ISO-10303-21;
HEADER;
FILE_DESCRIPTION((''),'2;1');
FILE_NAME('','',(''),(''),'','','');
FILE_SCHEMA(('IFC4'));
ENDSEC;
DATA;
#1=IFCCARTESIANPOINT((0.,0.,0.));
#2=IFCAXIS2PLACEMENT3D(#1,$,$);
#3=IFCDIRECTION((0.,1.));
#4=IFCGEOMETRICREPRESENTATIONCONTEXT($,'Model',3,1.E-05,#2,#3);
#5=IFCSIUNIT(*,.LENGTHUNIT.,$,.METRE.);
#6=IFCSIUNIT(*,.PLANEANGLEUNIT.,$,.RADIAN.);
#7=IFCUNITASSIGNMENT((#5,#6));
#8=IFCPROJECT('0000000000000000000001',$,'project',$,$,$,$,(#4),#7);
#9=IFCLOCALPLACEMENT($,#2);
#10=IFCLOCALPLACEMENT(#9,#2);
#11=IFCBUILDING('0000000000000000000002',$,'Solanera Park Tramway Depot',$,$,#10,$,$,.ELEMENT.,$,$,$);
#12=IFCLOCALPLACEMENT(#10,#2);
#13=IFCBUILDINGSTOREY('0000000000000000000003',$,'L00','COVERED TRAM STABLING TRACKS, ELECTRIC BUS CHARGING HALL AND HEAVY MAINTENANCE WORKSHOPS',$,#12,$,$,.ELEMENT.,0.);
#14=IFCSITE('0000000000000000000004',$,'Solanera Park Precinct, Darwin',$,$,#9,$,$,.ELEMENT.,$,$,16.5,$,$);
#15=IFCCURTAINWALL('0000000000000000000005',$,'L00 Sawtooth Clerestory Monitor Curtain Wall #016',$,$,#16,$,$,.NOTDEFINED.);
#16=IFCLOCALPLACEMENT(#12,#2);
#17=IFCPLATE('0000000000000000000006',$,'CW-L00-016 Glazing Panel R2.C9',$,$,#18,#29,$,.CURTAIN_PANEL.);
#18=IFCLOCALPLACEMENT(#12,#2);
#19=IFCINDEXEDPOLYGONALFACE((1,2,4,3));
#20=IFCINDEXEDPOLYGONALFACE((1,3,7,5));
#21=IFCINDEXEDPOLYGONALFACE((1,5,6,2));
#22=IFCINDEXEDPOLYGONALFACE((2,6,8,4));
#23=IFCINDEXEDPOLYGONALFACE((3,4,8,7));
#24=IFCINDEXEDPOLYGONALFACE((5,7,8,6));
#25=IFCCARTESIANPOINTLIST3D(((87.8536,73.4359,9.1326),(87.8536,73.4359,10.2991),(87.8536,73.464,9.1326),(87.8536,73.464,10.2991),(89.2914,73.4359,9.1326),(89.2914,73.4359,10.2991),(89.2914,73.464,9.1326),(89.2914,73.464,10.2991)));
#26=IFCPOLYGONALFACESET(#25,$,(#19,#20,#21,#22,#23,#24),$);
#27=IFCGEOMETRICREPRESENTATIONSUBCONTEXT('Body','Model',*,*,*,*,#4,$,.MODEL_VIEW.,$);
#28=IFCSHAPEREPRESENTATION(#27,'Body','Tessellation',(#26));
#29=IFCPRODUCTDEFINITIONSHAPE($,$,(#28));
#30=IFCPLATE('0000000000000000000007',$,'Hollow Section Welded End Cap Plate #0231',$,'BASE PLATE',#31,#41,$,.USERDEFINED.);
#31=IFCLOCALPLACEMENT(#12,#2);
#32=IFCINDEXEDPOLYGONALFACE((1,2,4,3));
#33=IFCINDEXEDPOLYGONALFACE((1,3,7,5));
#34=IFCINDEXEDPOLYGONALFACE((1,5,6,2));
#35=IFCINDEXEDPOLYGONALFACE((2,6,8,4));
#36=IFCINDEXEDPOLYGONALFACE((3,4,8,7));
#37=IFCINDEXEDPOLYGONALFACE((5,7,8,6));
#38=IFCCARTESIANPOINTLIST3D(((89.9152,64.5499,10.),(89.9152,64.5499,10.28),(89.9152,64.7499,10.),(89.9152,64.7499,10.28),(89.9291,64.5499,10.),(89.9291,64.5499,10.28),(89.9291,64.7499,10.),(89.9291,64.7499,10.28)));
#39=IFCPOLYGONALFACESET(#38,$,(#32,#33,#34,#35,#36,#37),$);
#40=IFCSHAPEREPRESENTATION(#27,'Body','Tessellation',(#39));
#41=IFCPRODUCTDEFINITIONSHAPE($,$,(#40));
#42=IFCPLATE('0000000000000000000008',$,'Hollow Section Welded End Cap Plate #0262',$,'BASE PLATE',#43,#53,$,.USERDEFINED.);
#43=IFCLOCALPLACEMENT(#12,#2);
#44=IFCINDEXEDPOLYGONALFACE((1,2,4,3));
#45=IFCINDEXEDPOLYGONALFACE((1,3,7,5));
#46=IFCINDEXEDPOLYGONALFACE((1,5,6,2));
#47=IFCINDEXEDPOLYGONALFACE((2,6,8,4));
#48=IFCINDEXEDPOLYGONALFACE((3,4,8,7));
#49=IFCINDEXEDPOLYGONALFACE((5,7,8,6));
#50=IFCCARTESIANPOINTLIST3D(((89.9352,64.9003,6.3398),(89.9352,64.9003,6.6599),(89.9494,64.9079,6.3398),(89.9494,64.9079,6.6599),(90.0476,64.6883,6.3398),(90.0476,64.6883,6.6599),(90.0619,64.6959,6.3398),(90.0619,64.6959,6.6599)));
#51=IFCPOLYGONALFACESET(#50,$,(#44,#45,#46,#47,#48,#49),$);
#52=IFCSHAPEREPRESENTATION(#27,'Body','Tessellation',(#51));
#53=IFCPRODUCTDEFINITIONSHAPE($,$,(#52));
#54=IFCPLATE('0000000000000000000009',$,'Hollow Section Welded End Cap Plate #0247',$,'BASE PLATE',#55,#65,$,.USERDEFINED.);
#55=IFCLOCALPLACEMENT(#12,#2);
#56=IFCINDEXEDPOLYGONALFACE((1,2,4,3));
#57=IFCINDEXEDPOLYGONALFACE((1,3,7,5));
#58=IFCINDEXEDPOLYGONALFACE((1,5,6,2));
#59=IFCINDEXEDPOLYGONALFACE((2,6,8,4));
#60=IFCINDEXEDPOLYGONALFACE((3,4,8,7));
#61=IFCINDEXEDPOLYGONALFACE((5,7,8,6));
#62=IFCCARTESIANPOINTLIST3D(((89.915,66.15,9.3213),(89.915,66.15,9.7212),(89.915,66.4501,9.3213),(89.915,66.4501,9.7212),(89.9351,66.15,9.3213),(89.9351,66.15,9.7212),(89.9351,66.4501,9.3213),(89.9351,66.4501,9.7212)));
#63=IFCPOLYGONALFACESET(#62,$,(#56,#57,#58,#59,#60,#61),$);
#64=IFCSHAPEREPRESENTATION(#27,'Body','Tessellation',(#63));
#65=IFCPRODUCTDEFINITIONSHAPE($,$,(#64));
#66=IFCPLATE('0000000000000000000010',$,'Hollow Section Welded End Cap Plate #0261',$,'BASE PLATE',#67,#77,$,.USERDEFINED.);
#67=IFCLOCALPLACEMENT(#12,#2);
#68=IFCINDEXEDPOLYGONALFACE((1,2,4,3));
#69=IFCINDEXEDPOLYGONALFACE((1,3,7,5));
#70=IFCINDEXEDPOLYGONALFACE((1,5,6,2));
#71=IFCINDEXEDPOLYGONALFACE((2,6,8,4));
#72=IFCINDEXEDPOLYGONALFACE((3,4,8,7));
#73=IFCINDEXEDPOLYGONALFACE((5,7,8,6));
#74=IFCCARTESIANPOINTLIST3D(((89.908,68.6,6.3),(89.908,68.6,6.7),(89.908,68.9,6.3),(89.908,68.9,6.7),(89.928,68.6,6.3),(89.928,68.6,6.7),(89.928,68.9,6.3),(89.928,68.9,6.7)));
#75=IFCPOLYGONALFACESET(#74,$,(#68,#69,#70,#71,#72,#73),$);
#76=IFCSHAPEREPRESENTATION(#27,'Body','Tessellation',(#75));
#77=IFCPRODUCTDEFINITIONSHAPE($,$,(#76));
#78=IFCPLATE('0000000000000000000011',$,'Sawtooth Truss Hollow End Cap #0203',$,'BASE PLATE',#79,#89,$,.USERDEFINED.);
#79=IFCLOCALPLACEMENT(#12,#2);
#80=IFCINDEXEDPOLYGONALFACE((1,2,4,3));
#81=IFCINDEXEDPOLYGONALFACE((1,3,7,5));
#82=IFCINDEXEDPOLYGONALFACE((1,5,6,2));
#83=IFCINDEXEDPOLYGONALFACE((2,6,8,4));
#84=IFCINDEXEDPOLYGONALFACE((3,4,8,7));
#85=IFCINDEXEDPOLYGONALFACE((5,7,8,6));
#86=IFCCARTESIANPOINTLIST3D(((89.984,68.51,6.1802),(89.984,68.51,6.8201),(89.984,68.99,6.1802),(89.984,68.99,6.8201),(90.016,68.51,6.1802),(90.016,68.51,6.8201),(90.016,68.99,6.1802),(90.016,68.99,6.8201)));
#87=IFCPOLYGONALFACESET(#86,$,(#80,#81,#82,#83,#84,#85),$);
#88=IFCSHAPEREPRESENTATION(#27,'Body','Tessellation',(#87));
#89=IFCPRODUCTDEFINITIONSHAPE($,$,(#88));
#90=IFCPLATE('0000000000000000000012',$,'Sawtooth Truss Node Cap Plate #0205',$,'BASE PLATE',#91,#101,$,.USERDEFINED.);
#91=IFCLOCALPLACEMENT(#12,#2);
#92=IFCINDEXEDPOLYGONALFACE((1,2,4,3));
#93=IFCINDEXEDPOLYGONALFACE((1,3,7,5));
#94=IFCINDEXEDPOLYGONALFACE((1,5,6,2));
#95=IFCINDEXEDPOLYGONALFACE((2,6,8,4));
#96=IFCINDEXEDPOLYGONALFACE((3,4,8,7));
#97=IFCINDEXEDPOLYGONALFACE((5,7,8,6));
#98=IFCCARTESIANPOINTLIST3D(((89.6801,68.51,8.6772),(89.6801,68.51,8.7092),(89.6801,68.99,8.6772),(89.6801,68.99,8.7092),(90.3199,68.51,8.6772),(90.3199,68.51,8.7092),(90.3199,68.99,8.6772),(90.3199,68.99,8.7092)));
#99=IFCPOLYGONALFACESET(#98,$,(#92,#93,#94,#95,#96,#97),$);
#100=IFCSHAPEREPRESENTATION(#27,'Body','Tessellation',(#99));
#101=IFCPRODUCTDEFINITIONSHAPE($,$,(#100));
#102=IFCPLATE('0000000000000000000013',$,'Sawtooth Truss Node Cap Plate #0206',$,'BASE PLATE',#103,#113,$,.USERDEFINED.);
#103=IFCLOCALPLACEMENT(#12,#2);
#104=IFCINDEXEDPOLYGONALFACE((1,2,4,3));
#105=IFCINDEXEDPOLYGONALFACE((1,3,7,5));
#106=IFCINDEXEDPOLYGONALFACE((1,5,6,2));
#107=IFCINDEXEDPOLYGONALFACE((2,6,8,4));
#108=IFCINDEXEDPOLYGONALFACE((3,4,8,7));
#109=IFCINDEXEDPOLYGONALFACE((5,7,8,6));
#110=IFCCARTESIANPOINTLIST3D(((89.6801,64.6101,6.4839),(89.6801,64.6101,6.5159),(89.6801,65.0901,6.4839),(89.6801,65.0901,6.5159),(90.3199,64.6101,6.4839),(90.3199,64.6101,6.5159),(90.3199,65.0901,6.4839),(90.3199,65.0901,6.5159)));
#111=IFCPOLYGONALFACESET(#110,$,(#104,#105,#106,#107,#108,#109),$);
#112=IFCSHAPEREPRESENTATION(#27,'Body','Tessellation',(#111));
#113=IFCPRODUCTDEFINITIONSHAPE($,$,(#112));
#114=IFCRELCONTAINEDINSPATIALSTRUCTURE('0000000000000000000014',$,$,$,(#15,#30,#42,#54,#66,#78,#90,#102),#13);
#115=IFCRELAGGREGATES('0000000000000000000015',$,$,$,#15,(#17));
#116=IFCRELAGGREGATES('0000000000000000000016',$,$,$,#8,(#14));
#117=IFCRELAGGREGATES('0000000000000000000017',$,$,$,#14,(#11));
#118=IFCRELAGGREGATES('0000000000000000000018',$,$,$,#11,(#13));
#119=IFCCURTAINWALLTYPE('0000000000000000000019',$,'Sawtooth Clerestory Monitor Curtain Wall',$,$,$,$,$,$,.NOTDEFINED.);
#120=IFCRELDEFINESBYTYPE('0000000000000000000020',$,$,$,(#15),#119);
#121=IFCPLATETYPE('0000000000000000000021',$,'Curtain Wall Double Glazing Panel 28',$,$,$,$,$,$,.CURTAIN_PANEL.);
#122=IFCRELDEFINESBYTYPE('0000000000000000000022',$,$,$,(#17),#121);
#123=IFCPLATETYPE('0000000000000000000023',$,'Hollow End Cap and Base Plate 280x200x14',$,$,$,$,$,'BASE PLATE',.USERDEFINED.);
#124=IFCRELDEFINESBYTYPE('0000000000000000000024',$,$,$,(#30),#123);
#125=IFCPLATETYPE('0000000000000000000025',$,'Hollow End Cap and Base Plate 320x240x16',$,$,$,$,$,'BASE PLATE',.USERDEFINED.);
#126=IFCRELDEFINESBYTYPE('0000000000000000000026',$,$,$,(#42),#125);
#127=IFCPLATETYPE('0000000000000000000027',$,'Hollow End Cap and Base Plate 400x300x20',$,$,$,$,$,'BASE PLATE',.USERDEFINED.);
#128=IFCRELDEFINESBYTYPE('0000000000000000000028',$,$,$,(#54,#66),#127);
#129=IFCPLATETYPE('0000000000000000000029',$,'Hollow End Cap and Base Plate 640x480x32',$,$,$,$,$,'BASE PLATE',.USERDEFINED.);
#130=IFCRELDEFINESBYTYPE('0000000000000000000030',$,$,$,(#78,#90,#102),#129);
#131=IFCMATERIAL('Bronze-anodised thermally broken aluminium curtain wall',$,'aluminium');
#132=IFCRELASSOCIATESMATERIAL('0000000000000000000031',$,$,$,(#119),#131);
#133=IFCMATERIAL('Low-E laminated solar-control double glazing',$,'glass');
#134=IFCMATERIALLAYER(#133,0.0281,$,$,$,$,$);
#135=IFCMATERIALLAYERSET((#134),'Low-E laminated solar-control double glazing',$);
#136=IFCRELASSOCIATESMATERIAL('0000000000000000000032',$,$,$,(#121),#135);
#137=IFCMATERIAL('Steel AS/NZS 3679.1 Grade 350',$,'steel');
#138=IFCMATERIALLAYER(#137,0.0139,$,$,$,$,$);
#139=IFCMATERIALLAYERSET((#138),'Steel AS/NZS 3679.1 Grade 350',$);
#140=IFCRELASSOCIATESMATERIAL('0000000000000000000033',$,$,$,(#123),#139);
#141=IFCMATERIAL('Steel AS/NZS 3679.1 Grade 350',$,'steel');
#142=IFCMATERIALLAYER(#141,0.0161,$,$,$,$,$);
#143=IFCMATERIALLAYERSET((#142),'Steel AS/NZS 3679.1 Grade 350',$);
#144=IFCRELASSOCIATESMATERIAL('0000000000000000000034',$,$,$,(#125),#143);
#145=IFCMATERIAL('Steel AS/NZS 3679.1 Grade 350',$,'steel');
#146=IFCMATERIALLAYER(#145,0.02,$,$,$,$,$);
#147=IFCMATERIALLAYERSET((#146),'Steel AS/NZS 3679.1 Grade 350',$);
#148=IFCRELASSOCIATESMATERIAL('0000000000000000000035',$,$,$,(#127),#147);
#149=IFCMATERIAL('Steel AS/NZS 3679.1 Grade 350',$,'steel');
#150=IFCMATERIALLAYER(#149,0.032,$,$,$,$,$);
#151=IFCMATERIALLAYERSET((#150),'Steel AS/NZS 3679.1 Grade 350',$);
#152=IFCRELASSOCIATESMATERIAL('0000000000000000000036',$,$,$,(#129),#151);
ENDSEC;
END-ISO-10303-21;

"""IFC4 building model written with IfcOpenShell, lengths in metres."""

from ifc_helpers import new_model, si_unit, direction, frame, origin, origin_2d, place, context, subcontext, project, spatial, rectangle, extrude, material, layer, layer_set, type_object, element, aggregate, save


model = new_model("IFC4")

# Units and contexts
model_context = context("Model", 3, precision=1e-05, world=origin(), true_north=direction((0.0, 1.0)))
body_context = subcontext(model_context, "Body", "Model", "MODEL_VIEW")
ifc_project = project(units=[si_unit("LENGTHUNIT", "METRE"), si_unit("PLANEANGLEUNIT", "RADIAN")], contexts=[model_context])

# Site, building, storey
site_placement = place(None, origin())
site = spatial("IfcSite", under=ifc_project, at=site_placement, Name="Solanera Park Precinct, Darwin", CompositionType="ELEMENT", RefElevation=16.5)
building_placement = place(site_placement, origin())
building = spatial("IfcBuilding", under=site, at=building_placement, Name="Solanera Park Tramway Depot", CompositionType="ELEMENT")
storey_placement = place(building_placement, origin())
storey = spatial("IfcBuildingStorey", under=building, at=storey_placement, Name="L00", Description="COVERED TRAM STABLING TRACKS, ELECTRIC BUS CHARGING HALL AND HEAVY MAINTENANCE WORKSHOPS", CompositionType="ELEMENT", Elevation=0.0)

# Curtain wall
ifc_material_1 = material(Name="Bronze-anodised thermally broken aluminium curtain wall", Category="aluminium")
curtain_wall_type = type_object("IfcCurtainWallType", Name="Sawtooth Clerestory Monitor Curtain Wall", PredefinedType="NOTDEFINED", material=ifc_material_1)
curtain_wall_placement = place(storey_placement, origin())
curtain_wall = element("IfcCurtainWall", 1, at=curtain_wall_placement, inside=storey, type_object=curtain_wall_type, Name="L00 Sawtooth Clerestory Monitor Curtain Wall #016", PredefinedType="NOTDEFINED")

# Plate
ifc_material_2 = material(Name="Low-E laminated solar-control double glazing", Category="glass")
ifc_layer_1 = layer(ifc_material_2, 0.0281)
ifc_layer_set_1 = layer_set([ifc_layer_1], Name="Low-E laminated solar-control double glazing")
plate_type_1 = type_object("IfcPlateType", Name="Curtain Wall Double Glazing Panel 28", PredefinedType="CURTAIN_PANEL", material=ifc_layer_set_1)
plate_1_placement = place(storey_placement, frame((88.5725, 73.45, 9.1326), z_axis=(0.0, 0.0, 1.0), x_axis=(1.0, 0.0, 0.0)))
plate_1 = element("IfcPlate", 2, at=plate_1_placement, type_object=plate_type_1, Name="CW-L00-016 Glazing Panel R2.C9", PredefinedType="CURTAIN_PANEL", context=body_context, shape_type="SweptSolid", body=[
    extrude(rectangle(XDim=1.4377, YDim=0.0281, at=origin_2d()), origin(), (0.0, 0.0, 1.0), 1.1665),
])
aggregate(curtain_wall, [plate_1])

# Plates
ifc_material_3 = material(Name="Steel AS/NZS 3679.1 Grade 350", Category="steel")
ifc_layer_2 = layer(ifc_material_3, 0.0139)
ifc_layer_set_2 = layer_set([ifc_layer_2], Name="Steel AS/NZS 3679.1 Grade 350")
plate_type_2 = type_object("IfcPlateType", Name="Hollow End Cap and Base Plate 280x200x14", ElementType="BASE PLATE", PredefinedType="USERDEFINED", material=ifc_layer_set_2)
plate_2_placement = place(storey_placement, frame((89.9221, 64.6499, 10.0), z_axis=(0.0, 0.0, 1.0), x_axis=(1.0, 0.0, 0.0)))
element("IfcPlate", 3, at=plate_2_placement, inside=storey, type_object=plate_type_2, Name="Hollow Section Welded End Cap Plate #0231", ObjectType="BASE PLATE", PredefinedType="USERDEFINED", context=body_context, shape_type="SweptSolid", body=[
    extrude(rectangle(XDim=0.0139, YDim=0.2, at=origin_2d()), origin(), (0.0, 0.0, 1.0), 0.28),
])
ifc_material_4 = material(Name="Steel AS/NZS 3679.1 Grade 350", Category="steel")
ifc_layer_3 = layer(ifc_material_4, 0.0161)
ifc_layer_set_3 = layer_set([ifc_layer_3], Name="Steel AS/NZS 3679.1 Grade 350")
plate_type_3 = type_object("IfcPlateType", Name="Hollow End Cap and Base Plate 320x240x16", ElementType="BASE PLATE", PredefinedType="USERDEFINED", material=ifc_layer_set_3)
plate_3_placement = place(storey_placement, frame((89.9985, 64.7981, 6.3398), z_axis=(0.0, 0.0, 1.0), x_axis=(0.883521, 0.468392, 0.0)))
element("IfcPlate", 4, at=plate_3_placement, inside=storey, type_object=plate_type_3, Name="Hollow Section Welded End Cap Plate #0262", ObjectType="BASE PLATE", PredefinedType="USERDEFINED", context=body_context, shape_type="SweptSolid", body=[
    extrude(rectangle(XDim=0.0161, YDim=0.24, at=origin_2d()), origin(), (0.0, 0.0, 1.0), 0.3201),
])
ifc_material_5 = material(Name="Steel AS/NZS 3679.1 Grade 350", Category="steel")
ifc_layer_4 = layer(ifc_material_5, 0.02)
ifc_layer_set_4 = layer_set([ifc_layer_4], Name="Steel AS/NZS 3679.1 Grade 350")
plate_type_4 = type_object("IfcPlateType", Name="Hollow End Cap and Base Plate 400x300x20", ElementType="BASE PLATE", PredefinedType="USERDEFINED", material=ifc_layer_set_4)
for number, where, z_axis, x_axis, name in (
    (5, (89.925, 66.3, 9.3213), (0.0, 0.0, 1.0), (1.0, 0.0, 0.0), "Hollow Section Welded End Cap Plate #0247"),
    (6, (89.918, 68.75, 6.3), (0.0, 0.0, 1.0), (1.0, 0.0, 0.0), "Hollow Section Welded End Cap Plate #0261"),
):
    element("IfcPlate", number, at=place(storey_placement, frame(where, z_axis=z_axis, x_axis=x_axis)), inside=storey, type_object=plate_type_4, Name=name, ObjectType="BASE PLATE", PredefinedType="USERDEFINED", context=body_context, shape_type="SweptSolid", body=[
        extrude(rectangle(XDim=0.02, YDim=0.3, at=origin_2d()), origin(), (0.0, 0.0, 1.0), 0.3999),
    ])
ifc_material_6 = material(Name="Steel AS/NZS 3679.1 Grade 350", Category="steel")
ifc_layer_5 = layer(ifc_material_6, 0.032)
ifc_layer_set_5 = layer_set([ifc_layer_5], Name="Steel AS/NZS 3679.1 Grade 350")
plate_type_5 = type_object("IfcPlateType", Name="Hollow End Cap and Base Plate 640x480x32", ElementType="BASE PLATE", PredefinedType="USERDEFINED", material=ifc_layer_set_5)
plate_4_placement = place(storey_placement, frame((90.0, 68.75, 6.1802), z_axis=(0.0, 0.0, 1.0), x_axis=(1.0, 0.0, 0.0)))
element("IfcPlate", 7, at=plate_4_placement, inside=storey, type_object=plate_type_5, Name="Sawtooth Truss Hollow End Cap #0203", ObjectType="BASE PLATE", PredefinedType="USERDEFINED", context=body_context, shape_type="SweptSolid", body=[
    extrude(rectangle(XDim=0.032, YDim=0.48, at=origin_2d()), origin(), (0.0, 0.0, 1.0), 0.6399),
])
for number, where, z_axis, x_axis, name in (
    (8, (90.0, 68.75, 8.6772), (0.0, 0.0, 1.0), (1.0, 0.0, 0.0), "Sawtooth Truss Node Cap Plate #0205"),
    (9, (90.0, 64.8501, 6.4839), (0.0, 0.0, 1.0), (1.0, 0.0, 0.0), "Sawtooth Truss Node Cap Plate #0206"),
):
    element("IfcPlate", number, at=place(storey_placement, frame(where, z_axis=z_axis, x_axis=x_axis)), inside=storey, type_object=plate_type_5, Name=name, ObjectType="BASE PLATE", PredefinedType="USERDEFINED", context=body_context, shape_type="SweptSolid", body=[
        extrude(rectangle(XDim=0.6399, YDim=0.48, at=origin_2d()), origin(), (0.0, 0.0, 1.0), 0.032),
    ])

save(model, "model.ifc")
